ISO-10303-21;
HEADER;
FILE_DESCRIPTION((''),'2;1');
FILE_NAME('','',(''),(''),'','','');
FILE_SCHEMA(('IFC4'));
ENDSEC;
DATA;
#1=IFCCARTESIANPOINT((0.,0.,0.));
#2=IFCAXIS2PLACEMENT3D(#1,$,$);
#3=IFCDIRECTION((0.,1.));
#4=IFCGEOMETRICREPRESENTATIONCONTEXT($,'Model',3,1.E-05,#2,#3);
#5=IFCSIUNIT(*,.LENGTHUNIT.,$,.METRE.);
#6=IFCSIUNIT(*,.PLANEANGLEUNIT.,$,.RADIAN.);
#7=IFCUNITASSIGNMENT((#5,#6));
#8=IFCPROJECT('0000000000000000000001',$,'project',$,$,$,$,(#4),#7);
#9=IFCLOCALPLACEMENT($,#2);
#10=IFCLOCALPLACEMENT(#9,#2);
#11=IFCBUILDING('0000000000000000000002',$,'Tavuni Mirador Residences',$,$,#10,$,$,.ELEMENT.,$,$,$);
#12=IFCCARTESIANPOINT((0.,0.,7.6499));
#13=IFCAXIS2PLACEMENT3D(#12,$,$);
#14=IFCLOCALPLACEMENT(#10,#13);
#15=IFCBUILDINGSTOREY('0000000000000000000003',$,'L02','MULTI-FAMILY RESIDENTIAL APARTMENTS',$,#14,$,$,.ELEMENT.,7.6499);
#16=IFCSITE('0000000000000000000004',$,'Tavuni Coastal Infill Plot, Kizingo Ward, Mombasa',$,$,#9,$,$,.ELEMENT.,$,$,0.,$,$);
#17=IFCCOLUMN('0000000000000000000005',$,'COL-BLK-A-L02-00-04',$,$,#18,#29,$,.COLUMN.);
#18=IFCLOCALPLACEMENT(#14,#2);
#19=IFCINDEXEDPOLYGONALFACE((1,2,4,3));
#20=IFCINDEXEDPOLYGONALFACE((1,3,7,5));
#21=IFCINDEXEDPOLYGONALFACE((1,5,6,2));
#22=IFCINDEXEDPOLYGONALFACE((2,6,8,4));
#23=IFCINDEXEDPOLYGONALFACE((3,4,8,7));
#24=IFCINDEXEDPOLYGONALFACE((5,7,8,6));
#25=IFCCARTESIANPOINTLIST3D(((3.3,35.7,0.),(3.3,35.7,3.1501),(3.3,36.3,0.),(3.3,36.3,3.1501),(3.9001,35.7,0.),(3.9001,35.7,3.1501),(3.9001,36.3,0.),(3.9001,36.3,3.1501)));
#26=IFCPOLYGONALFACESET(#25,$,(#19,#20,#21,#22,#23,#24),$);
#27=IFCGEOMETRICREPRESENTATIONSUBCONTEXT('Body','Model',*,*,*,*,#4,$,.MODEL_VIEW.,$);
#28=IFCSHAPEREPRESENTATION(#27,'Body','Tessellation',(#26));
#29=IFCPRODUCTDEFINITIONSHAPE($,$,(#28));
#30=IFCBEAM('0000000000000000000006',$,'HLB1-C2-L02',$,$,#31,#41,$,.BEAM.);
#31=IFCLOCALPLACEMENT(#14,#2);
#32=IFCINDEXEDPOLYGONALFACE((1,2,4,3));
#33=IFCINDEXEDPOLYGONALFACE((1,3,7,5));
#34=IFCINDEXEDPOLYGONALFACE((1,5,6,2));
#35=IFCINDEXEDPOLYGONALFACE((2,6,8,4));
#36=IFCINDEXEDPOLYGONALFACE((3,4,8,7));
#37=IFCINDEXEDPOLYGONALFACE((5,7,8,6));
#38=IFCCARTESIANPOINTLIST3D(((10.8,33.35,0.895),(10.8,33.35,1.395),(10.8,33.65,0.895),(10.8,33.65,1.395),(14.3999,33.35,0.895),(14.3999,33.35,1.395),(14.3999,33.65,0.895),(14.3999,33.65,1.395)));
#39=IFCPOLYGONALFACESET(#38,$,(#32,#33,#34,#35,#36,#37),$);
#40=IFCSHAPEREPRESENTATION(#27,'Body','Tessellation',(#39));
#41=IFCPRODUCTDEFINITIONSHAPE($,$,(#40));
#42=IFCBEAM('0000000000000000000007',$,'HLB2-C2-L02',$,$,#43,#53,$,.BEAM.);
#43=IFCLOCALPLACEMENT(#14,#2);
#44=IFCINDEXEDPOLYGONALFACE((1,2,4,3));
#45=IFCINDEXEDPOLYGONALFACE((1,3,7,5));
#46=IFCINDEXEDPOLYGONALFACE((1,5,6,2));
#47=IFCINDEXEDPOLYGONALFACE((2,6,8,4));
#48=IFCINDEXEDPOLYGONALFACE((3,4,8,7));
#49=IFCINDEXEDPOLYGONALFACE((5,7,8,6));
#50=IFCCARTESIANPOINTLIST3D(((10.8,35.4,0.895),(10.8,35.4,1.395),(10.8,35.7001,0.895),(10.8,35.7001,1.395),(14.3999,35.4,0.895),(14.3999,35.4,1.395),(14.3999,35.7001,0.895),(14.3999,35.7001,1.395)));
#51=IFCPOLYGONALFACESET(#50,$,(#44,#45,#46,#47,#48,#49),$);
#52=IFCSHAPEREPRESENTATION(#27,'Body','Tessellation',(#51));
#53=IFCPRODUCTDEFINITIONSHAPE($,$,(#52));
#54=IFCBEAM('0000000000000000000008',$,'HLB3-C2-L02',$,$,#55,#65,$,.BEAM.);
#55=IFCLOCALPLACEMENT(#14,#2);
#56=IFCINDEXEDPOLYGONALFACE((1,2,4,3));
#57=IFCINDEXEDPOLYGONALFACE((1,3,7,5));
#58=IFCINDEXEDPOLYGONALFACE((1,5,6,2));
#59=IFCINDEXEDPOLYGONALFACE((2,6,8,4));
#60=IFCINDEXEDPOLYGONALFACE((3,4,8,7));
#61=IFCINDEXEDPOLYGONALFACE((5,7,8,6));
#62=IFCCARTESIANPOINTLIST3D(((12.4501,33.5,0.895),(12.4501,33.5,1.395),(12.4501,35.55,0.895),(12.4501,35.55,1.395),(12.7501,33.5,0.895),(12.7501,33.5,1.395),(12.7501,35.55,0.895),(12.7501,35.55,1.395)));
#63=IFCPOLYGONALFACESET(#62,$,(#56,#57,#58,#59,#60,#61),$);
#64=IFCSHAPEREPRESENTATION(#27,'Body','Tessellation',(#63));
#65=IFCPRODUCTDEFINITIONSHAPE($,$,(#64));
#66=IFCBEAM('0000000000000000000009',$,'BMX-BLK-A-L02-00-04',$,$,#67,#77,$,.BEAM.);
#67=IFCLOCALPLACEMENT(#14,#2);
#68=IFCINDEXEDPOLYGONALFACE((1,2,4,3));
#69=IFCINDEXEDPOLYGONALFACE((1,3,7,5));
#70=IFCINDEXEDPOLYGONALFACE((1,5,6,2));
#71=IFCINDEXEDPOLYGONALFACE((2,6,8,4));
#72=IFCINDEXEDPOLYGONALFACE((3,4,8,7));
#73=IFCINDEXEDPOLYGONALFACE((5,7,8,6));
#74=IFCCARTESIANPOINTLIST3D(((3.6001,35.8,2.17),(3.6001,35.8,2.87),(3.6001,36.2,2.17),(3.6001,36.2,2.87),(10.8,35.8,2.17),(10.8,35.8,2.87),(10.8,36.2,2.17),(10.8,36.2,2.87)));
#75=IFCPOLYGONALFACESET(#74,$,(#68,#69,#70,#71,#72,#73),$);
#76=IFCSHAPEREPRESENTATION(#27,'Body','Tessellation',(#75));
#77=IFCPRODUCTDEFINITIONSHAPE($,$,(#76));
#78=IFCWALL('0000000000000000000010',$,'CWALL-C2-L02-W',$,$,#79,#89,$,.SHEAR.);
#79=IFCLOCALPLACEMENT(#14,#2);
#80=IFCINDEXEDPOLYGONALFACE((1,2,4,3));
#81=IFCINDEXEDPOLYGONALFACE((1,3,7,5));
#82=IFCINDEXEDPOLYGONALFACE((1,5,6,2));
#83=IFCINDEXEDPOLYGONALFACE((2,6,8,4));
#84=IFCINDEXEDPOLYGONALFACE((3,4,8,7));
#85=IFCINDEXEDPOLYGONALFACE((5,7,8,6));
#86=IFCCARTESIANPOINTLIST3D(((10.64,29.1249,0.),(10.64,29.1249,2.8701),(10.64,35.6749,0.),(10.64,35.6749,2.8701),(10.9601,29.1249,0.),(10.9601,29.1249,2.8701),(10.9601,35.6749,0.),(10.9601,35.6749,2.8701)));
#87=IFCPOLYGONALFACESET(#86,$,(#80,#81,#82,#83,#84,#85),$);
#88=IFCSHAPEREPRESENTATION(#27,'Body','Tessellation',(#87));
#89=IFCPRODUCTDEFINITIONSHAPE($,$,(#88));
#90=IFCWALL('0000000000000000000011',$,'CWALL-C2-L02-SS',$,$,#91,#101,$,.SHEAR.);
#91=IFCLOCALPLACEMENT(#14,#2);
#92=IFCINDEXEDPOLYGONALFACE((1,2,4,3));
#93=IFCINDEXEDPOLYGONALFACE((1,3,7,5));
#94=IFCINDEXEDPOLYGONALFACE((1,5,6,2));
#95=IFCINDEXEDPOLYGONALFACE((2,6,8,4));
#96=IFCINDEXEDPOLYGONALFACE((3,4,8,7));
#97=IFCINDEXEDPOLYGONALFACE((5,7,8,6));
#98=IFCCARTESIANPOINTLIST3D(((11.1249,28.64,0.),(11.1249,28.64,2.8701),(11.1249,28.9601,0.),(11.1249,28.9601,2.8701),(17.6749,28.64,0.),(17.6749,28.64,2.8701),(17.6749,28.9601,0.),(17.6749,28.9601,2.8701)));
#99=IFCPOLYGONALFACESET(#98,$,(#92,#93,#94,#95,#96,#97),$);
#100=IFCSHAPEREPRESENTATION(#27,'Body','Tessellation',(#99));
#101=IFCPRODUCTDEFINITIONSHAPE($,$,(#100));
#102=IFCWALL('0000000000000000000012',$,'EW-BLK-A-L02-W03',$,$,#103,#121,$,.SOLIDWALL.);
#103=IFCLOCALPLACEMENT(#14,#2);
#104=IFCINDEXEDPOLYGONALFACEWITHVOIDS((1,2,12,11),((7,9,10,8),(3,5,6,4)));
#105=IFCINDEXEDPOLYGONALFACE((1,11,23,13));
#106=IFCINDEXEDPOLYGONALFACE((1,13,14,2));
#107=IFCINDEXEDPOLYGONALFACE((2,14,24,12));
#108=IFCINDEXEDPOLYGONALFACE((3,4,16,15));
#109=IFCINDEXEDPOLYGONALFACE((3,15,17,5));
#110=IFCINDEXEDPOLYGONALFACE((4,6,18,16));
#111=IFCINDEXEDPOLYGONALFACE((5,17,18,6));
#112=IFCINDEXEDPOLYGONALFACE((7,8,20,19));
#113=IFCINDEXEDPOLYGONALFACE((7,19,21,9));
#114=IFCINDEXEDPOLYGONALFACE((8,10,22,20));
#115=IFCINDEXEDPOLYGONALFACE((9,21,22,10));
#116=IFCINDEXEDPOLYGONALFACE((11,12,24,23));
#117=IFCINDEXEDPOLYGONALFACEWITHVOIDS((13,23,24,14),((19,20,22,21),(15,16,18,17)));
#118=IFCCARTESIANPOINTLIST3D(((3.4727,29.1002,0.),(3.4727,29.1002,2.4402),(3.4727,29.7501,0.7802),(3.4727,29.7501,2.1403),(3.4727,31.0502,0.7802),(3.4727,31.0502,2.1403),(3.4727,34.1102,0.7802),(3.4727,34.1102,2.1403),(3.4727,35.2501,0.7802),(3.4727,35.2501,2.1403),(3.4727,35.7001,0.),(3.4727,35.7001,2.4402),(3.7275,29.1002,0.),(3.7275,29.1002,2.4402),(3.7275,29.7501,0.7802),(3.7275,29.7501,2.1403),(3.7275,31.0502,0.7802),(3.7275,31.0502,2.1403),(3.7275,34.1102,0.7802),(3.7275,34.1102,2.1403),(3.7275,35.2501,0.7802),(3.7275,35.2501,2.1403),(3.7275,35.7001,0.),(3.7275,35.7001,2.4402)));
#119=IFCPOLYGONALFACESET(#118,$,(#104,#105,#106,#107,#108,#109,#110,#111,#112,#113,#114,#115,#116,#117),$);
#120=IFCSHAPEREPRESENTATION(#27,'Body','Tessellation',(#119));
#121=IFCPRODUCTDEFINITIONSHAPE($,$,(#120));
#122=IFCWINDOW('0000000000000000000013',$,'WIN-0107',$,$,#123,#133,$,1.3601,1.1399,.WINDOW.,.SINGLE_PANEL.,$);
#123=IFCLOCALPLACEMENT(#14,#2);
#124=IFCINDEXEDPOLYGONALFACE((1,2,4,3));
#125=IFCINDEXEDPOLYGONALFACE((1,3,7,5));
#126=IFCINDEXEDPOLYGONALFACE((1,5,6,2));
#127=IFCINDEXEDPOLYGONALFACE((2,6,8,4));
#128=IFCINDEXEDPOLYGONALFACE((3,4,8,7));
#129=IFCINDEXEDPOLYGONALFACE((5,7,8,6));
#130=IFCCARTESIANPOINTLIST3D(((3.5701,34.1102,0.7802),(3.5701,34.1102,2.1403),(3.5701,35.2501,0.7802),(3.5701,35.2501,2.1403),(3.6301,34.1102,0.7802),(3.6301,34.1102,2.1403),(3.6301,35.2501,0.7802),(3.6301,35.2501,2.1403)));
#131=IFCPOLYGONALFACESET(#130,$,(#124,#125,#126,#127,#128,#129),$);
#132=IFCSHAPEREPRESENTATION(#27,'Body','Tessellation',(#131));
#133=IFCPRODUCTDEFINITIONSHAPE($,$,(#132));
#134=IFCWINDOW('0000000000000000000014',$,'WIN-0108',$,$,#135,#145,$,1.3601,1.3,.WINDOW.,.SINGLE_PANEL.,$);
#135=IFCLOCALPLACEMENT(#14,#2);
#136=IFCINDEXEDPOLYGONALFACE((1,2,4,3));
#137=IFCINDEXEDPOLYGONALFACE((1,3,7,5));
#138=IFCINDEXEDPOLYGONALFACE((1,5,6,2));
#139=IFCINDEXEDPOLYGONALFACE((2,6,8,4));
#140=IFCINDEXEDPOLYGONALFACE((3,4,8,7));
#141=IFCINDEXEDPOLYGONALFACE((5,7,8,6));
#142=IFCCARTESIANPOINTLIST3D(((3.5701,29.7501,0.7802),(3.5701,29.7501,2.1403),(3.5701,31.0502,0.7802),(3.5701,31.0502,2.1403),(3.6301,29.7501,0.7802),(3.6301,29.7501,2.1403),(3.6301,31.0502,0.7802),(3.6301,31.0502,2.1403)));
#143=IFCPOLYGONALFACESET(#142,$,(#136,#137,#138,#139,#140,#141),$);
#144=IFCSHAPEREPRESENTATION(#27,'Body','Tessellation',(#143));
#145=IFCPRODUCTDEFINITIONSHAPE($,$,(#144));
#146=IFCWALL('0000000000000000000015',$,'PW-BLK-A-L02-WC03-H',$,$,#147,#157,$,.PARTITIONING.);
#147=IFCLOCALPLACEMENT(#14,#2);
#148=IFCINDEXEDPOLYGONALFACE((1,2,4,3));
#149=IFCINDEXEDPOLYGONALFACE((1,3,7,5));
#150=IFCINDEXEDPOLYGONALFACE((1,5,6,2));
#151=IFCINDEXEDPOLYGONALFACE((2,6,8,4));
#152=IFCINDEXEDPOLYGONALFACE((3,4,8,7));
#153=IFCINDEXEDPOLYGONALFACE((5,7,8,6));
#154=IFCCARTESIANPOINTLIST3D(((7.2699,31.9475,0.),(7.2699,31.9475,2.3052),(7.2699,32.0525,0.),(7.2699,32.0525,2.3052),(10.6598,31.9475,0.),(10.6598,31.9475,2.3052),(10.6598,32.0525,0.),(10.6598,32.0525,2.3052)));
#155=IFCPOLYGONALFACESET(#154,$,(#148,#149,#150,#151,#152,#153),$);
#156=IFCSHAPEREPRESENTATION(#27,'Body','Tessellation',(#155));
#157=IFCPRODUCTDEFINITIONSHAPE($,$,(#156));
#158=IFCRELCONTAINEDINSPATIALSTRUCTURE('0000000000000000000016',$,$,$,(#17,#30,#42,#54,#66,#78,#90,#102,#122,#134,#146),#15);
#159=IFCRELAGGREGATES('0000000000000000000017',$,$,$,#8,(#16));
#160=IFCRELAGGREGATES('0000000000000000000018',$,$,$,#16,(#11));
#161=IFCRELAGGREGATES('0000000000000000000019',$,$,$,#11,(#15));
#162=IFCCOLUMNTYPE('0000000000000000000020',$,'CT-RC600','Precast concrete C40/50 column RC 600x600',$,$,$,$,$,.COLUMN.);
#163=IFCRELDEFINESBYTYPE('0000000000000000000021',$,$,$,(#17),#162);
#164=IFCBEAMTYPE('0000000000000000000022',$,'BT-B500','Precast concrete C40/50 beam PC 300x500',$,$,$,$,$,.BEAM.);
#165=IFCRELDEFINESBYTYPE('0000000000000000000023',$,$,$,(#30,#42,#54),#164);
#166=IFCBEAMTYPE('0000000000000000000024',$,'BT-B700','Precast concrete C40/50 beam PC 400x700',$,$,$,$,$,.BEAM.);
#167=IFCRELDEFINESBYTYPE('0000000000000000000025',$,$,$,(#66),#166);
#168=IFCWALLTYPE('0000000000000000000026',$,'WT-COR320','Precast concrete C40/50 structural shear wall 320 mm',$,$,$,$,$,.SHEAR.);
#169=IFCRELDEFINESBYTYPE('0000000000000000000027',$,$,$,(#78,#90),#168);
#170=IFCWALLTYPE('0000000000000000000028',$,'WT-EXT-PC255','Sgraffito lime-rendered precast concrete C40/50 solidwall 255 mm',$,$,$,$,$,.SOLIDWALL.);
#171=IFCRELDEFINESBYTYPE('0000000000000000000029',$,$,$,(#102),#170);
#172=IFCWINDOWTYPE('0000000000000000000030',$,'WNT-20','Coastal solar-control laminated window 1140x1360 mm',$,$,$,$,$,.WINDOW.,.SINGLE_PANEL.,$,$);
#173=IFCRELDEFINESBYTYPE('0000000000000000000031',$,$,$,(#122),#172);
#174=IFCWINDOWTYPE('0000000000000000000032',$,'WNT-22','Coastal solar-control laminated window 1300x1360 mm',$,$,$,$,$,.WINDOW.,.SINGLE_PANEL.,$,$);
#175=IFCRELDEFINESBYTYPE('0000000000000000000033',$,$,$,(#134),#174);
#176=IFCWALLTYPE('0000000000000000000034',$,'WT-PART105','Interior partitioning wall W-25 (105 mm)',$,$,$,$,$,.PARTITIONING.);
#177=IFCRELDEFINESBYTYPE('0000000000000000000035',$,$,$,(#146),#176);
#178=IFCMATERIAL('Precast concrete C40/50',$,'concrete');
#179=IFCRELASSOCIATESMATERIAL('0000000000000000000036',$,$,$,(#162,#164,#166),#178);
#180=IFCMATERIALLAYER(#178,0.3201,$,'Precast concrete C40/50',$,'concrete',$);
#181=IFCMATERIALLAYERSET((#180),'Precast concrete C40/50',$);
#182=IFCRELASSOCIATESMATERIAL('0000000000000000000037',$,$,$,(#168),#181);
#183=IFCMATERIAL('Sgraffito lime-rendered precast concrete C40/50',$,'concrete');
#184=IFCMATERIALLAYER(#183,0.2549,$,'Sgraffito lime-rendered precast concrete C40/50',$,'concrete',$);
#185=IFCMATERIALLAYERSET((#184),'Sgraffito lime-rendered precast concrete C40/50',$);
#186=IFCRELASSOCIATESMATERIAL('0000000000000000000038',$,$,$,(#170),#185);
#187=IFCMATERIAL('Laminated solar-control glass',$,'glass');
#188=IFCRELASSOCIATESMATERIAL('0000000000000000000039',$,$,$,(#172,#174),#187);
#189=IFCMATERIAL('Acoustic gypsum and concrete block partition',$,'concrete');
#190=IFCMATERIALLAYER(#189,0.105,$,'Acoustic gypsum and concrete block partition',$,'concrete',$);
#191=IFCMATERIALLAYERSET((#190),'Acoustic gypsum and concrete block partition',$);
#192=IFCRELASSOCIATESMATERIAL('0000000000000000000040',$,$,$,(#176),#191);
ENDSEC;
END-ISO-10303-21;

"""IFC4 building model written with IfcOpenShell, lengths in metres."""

from ifc_helpers import new_model, si_unit, direction, frame, frame_2d, origin, origin_2d, place, context, subcontext, project, spatial, rectangle, extrude, material, layer, layer_set, material_profile, profile_set, type_object, element, fill, save


model = new_model("IFC4")

# Units and contexts
model_context = context("Model", 3, precision=1e-05, world=origin(), true_north=direction((0.0, 1.0)))
body_context = subcontext(model_context, "Body", "Model", "MODEL_VIEW")
ifc_project = project(units=[si_unit("LENGTHUNIT", "METRE"), si_unit("PLANEANGLEUNIT", "RADIAN")], contexts=[model_context])

# Site, building, storey
site_placement = place(None, origin())
site = spatial("IfcSite", under=ifc_project, at=site_placement, Name="Tavuni Coastal Infill Plot, Kizingo Ward, Mombasa", CompositionType="ELEMENT", RefElevation=0.0)
building_placement = place(site_placement, origin())
building = spatial("IfcBuilding", under=site, at=building_placement, Name="Tavuni Mirador Residences", CompositionType="ELEMENT")
storey_placement = place(building_placement, frame((0.0, 0.0, 7.6499)))
storey = spatial("IfcBuildingStorey", under=building, at=storey_placement, Name="L02", Description="MULTI-FAMILY RESIDENTIAL APARTMENTS", CompositionType="ELEMENT", Elevation=7.6499)

# Column
ifc_material_1 = material(Name="Precast concrete C40/50", Category="concrete")
ifc_material_profile_1 = material_profile(ifc_material_1, rectangle(XDim=0.6001, YDim=0.6001, at=origin_2d()), Name="RC 600x600", Category="concrete")
ifc_profile_set_1 = profile_set([ifc_material_profile_1], Name="Precast concrete C40/50")
column_type = type_object("IfcColumnType", Name="CT-RC600", Description="Precast concrete C40/50 column RC 600x600", PredefinedType="COLUMN", material=ifc_profile_set_1)
column_placement = place(storey_placement, frame((3.6001, 36.0, 0.0), z_axis=(0.0, 0.0, 1.0), x_axis=(1.0, 0.0, 0.0)))
element("IfcColumn", 1, at=column_placement, inside=storey, type_object=column_type, Name="COL-BLK-A-L02-00-04", PredefinedType="COLUMN", context=body_context, shape_type="SweptSolid", body=[
    extrude(rectangle(XDim=0.6001, YDim=0.6001, at=origin_2d()), origin(), (0.0, 0.0, 1.0), 3.1501),
])

# Beams
ifc_material_profile_2 = material_profile(ifc_material_1, rectangle(XDim=0.3, YDim=0.5, at=origin_2d()), Name="PC 300x500", Category="concrete")
ifc_profile_set_2 = profile_set([ifc_material_profile_2], Name="Precast concrete C40/50")
beam_type_1 = type_object("IfcBeamType", Name="BT-B500", Description="Precast concrete C40/50 beam PC 300x500", PredefinedType="BEAM", material=ifc_profile_set_2)
for number, where, z_axis, x_axis, name in (
    (2, (10.8, 33.5, 1.145), (1.0, 0.0, 0.0), (0.0, 1.0, 0.0), "HLB1-C2-L02"),
    (3, (10.8, 35.55, 1.145), (1.0, 0.0, 0.0), (0.0, 1.0, 0.0), "HLB2-C2-L02"),
):
    element("IfcBeam", number, at=place(storey_placement, frame(where, z_axis=z_axis, x_axis=x_axis)), inside=storey, type_object=beam_type_1, Name=name, PredefinedType="BEAM", context=body_context, shape_type="SweptSolid", body=[
        extrude(rectangle(XDim=0.3, YDim=0.5, at=origin_2d()), origin(), (0.0, 0.0, 1.0), 3.5999),
    ])
beam_1_placement = place(storey_placement, frame((12.6001, 33.5, 1.145), z_axis=(0.0, 1.0, 0.0), x_axis=(-1.0, 0.0, 0.0)))
element("IfcBeam", 4, at=beam_1_placement, inside=storey, type_object=beam_type_1, Name="HLB3-C2-L02", PredefinedType="BEAM", context=body_context, shape_type="SweptSolid", body=[
    extrude(rectangle(XDim=0.3, YDim=0.5, at=origin_2d()), origin(), (0.0, 0.0, 1.0), 2.05),
])
ifc_material_profile_3 = material_profile(ifc_material_1, rectangle(XDim=0.3999, YDim=0.7, at=origin_2d()), Name="PC 400x700", Category="concrete")
ifc_profile_set_3 = profile_set([ifc_material_profile_3], Name="Precast concrete C40/50")
beam_type_2 = type_object("IfcBeamType", Name="BT-B700", Description="Precast concrete C40/50 beam PC 400x700", PredefinedType="BEAM", material=ifc_profile_set_3)
beam_2_placement = place(storey_placement, frame((3.6001, 36.0, 2.52), z_axis=(1.0, 0.0, 0.0), x_axis=(0.0, 1.0, 0.0)))
element("IfcBeam", 5, at=beam_2_placement, inside=storey, type_object=beam_type_2, Name="BMX-BLK-A-L02-00-04", PredefinedType="BEAM", context=body_context, shape_type="SweptSolid", body=[
    extrude(rectangle(XDim=0.3999, YDim=0.7, at=origin_2d()), origin(), (0.0, 0.0, 1.0), 7.2),
])

# Walls
ifc_layer_1 = layer(ifc_material_1, 0.3201, Name="Precast concrete C40/50", Category="concrete")
ifc_layer_set_1 = layer_set([ifc_layer_1], Name="Precast concrete C40/50")
wall_type_1 = type_object("IfcWallType", Name="WT-COR320", Description="Precast concrete C40/50 structural shear wall 320 mm", PredefinedType="SHEAR", material=ifc_layer_set_1)
for number, where, z_axis, x_axis, name in (
    (6, (10.8, 29.125, 0.0), (0.0, 0.0, 1.0), (0.0, 1.0, 0.0), "CWALL-C2-L02-W"),
    (7, (11.125, 28.8, 0.0), (0.0, 0.0, 1.0), (1.0, 0.0, 0.0), "CWALL-C2-L02-SS"),
):
    element("IfcWall", number, at=place(storey_placement, frame(where, z_axis=z_axis, x_axis=x_axis)), inside=storey, type_object=wall_type_1, Name=name, PredefinedType="SHEAR", context=body_context, shape_type="SweptSolid", body=[
        extrude(rectangle(XDim=6.55, YDim=0.3201, at=frame_2d((3.2749, 0.0))), origin(), (0.0, 0.0, 1.0), 2.8701),
    ])

# Wall, openings, windows
ifc_material_2 = material(Name="Sgraffito lime-rendered precast concrete C40/50", Category="concrete")
ifc_layer_2 = layer(ifc_material_2, 0.2549, Name="Sgraffito lime-rendered precast concrete C40/50", Category="concrete")
ifc_layer_set_2 = layer_set([ifc_layer_2], Name="Sgraffito lime-rendered precast concrete C40/50")
wall_type_2 = type_object("IfcWallType", Name="WT-EXT-PC255", Description="Sgraffito lime-rendered precast concrete C40/50 solidwall 255 mm", PredefinedType="SOLIDWALL", material=ifc_layer_set_2)
wall_1_placement = place(storey_placement, frame((3.6001, 35.7, 0.0), z_axis=(0.0, 0.0, 1.0), x_axis=(0.0, -1.0, 0.0)))
wall_1 = element("IfcWall", 8, at=wall_1_placement, inside=storey, type_object=wall_type_2, Name="EW-BLK-A-L02-W03", PredefinedType="SOLIDWALL", context=body_context, shape_type="SweptSolid", body=[
    extrude(rectangle(XDim=6.5999, YDim=0.2549, at=frame_2d((3.2998, 0.0))), origin(), (0.0, 0.0, 1.0), 2.4402),
])
opening_1_placement = place(wall_1_placement, frame((0.45, 0.0, 0.78)))
opening_1 = element("IfcOpeningElement", 9, at=opening_1_placement, cuts=wall_1, PredefinedType="OPENING", context=body_context, shape_type="SweptSolid", body=[
    extrude(rectangle(XDim=1.1399, YDim=1.3601, at=frame_2d((0.5698, 0.6802))), frame((0.0, 0.1375, 0.0), z_axis=(0.0, -1.0, 0.0), x_axis=(1.0, 0.0, 0.0)), (0.0, 0.0, 1.0), 0.2749),
])
opening_2_placement = place(wall_1_placement, frame((4.6499, 0.0, 0.78)))
opening_2 = element("IfcOpeningElement", 10, at=opening_2_placement, cuts=wall_1, PredefinedType="OPENING", context=body_context, shape_type="SweptSolid", body=[
    extrude(rectangle(XDim=1.3, YDim=1.3601, at=frame_2d((0.6499, 0.6802))), frame((0.0, 0.1375, 0.0), z_axis=(0.0, -1.0, 0.0), x_axis=(1.0, 0.0, 0.0)), (0.0, 0.0, 1.0), 0.2749),
])
ifc_material_3 = material(Name="Laminated solar-control glass", Category="glass")
window_type_1 = type_object("IfcWindowType", Name="WNT-20", Description="Coastal solar-control laminated window 1140x1360 mm", PartitioningType="SINGLE_PANEL", PredefinedType="WINDOW", material=ifc_material_3)
window_1_placement = place(opening_1_placement, origin())
window_1 = element("IfcWindow", 11, at=window_1_placement, inside=storey, type_object=window_type_1, Name="WIN-0107", OverallHeight=1.3601, OverallWidth=1.1399, PartitioningType="SINGLE_PANEL", PredefinedType="WINDOW", context=body_context, shape_type="SweptSolid", body=[
    extrude(rectangle(XDim=1.1399, YDim=1.3601, at=frame_2d((0.5698, 0.6802))), frame((0.0, 0.03, 0.0), z_axis=(0.0, -1.0, 0.0), x_axis=(1.0, 0.0, 0.0)), (0.0, 0.0, 1.0), 0.0601),
])
fill(opening_1, window_1)
window_type_2 = type_object("IfcWindowType", Name="WNT-22", Description="Coastal solar-control laminated window 1300x1360 mm", PartitioningType="SINGLE_PANEL", PredefinedType="WINDOW", material=ifc_material_3)
window_2_placement = place(opening_2_placement, origin())
window_2 = element("IfcWindow", 12, at=window_2_placement, inside=storey, type_object=window_type_2, Name="WIN-0108", OverallHeight=1.3601, OverallWidth=1.3, PartitioningType="SINGLE_PANEL", PredefinedType="WINDOW", context=body_context, shape_type="SweptSolid", body=[
    extrude(rectangle(XDim=1.3, YDim=1.3601, at=frame_2d((0.6499, 0.6802))), frame((0.0, 0.03, 0.0), z_axis=(0.0, -1.0, 0.0), x_axis=(1.0, 0.0, 0.0)), (0.0, 0.0, 1.0), 0.0601),
])
fill(opening_2, window_2)

# Wall
ifc_material_4 = material(Name="Acoustic gypsum and concrete block partition", Category="concrete")
ifc_layer_3 = layer(ifc_material_4, 0.105, Name="Acoustic gypsum and concrete block partition", Category="concrete")
ifc_layer_set_3 = layer_set([ifc_layer_3], Name="Acoustic gypsum and concrete block partition")
wall_type_3 = type_object("IfcWallType", Name="WT-PART105", Description="Interior partitioning wall W-25 (105 mm)", PredefinedType="PARTITIONING", material=ifc_layer_set_3)
wall_2_placement = place(storey_placement, frame((7.27, 32.0, 0.0), z_axis=(0.0, 0.0, 1.0), x_axis=(1.0, 0.0, 0.0)))
element("IfcWall", 13, at=wall_2_placement, inside=storey, type_object=wall_type_3, Name="PW-BLK-A-L02-WC03-H", PredefinedType="PARTITIONING", context=body_context, shape_type="SweptSolid", body=[
    extrude(rectangle(XDim=3.3899, YDim=0.105, at=frame_2d((1.6948, 0.0))), origin(), (0.0, 0.0, 1.0), 2.3052),
])

save(model, "model.ifc")
